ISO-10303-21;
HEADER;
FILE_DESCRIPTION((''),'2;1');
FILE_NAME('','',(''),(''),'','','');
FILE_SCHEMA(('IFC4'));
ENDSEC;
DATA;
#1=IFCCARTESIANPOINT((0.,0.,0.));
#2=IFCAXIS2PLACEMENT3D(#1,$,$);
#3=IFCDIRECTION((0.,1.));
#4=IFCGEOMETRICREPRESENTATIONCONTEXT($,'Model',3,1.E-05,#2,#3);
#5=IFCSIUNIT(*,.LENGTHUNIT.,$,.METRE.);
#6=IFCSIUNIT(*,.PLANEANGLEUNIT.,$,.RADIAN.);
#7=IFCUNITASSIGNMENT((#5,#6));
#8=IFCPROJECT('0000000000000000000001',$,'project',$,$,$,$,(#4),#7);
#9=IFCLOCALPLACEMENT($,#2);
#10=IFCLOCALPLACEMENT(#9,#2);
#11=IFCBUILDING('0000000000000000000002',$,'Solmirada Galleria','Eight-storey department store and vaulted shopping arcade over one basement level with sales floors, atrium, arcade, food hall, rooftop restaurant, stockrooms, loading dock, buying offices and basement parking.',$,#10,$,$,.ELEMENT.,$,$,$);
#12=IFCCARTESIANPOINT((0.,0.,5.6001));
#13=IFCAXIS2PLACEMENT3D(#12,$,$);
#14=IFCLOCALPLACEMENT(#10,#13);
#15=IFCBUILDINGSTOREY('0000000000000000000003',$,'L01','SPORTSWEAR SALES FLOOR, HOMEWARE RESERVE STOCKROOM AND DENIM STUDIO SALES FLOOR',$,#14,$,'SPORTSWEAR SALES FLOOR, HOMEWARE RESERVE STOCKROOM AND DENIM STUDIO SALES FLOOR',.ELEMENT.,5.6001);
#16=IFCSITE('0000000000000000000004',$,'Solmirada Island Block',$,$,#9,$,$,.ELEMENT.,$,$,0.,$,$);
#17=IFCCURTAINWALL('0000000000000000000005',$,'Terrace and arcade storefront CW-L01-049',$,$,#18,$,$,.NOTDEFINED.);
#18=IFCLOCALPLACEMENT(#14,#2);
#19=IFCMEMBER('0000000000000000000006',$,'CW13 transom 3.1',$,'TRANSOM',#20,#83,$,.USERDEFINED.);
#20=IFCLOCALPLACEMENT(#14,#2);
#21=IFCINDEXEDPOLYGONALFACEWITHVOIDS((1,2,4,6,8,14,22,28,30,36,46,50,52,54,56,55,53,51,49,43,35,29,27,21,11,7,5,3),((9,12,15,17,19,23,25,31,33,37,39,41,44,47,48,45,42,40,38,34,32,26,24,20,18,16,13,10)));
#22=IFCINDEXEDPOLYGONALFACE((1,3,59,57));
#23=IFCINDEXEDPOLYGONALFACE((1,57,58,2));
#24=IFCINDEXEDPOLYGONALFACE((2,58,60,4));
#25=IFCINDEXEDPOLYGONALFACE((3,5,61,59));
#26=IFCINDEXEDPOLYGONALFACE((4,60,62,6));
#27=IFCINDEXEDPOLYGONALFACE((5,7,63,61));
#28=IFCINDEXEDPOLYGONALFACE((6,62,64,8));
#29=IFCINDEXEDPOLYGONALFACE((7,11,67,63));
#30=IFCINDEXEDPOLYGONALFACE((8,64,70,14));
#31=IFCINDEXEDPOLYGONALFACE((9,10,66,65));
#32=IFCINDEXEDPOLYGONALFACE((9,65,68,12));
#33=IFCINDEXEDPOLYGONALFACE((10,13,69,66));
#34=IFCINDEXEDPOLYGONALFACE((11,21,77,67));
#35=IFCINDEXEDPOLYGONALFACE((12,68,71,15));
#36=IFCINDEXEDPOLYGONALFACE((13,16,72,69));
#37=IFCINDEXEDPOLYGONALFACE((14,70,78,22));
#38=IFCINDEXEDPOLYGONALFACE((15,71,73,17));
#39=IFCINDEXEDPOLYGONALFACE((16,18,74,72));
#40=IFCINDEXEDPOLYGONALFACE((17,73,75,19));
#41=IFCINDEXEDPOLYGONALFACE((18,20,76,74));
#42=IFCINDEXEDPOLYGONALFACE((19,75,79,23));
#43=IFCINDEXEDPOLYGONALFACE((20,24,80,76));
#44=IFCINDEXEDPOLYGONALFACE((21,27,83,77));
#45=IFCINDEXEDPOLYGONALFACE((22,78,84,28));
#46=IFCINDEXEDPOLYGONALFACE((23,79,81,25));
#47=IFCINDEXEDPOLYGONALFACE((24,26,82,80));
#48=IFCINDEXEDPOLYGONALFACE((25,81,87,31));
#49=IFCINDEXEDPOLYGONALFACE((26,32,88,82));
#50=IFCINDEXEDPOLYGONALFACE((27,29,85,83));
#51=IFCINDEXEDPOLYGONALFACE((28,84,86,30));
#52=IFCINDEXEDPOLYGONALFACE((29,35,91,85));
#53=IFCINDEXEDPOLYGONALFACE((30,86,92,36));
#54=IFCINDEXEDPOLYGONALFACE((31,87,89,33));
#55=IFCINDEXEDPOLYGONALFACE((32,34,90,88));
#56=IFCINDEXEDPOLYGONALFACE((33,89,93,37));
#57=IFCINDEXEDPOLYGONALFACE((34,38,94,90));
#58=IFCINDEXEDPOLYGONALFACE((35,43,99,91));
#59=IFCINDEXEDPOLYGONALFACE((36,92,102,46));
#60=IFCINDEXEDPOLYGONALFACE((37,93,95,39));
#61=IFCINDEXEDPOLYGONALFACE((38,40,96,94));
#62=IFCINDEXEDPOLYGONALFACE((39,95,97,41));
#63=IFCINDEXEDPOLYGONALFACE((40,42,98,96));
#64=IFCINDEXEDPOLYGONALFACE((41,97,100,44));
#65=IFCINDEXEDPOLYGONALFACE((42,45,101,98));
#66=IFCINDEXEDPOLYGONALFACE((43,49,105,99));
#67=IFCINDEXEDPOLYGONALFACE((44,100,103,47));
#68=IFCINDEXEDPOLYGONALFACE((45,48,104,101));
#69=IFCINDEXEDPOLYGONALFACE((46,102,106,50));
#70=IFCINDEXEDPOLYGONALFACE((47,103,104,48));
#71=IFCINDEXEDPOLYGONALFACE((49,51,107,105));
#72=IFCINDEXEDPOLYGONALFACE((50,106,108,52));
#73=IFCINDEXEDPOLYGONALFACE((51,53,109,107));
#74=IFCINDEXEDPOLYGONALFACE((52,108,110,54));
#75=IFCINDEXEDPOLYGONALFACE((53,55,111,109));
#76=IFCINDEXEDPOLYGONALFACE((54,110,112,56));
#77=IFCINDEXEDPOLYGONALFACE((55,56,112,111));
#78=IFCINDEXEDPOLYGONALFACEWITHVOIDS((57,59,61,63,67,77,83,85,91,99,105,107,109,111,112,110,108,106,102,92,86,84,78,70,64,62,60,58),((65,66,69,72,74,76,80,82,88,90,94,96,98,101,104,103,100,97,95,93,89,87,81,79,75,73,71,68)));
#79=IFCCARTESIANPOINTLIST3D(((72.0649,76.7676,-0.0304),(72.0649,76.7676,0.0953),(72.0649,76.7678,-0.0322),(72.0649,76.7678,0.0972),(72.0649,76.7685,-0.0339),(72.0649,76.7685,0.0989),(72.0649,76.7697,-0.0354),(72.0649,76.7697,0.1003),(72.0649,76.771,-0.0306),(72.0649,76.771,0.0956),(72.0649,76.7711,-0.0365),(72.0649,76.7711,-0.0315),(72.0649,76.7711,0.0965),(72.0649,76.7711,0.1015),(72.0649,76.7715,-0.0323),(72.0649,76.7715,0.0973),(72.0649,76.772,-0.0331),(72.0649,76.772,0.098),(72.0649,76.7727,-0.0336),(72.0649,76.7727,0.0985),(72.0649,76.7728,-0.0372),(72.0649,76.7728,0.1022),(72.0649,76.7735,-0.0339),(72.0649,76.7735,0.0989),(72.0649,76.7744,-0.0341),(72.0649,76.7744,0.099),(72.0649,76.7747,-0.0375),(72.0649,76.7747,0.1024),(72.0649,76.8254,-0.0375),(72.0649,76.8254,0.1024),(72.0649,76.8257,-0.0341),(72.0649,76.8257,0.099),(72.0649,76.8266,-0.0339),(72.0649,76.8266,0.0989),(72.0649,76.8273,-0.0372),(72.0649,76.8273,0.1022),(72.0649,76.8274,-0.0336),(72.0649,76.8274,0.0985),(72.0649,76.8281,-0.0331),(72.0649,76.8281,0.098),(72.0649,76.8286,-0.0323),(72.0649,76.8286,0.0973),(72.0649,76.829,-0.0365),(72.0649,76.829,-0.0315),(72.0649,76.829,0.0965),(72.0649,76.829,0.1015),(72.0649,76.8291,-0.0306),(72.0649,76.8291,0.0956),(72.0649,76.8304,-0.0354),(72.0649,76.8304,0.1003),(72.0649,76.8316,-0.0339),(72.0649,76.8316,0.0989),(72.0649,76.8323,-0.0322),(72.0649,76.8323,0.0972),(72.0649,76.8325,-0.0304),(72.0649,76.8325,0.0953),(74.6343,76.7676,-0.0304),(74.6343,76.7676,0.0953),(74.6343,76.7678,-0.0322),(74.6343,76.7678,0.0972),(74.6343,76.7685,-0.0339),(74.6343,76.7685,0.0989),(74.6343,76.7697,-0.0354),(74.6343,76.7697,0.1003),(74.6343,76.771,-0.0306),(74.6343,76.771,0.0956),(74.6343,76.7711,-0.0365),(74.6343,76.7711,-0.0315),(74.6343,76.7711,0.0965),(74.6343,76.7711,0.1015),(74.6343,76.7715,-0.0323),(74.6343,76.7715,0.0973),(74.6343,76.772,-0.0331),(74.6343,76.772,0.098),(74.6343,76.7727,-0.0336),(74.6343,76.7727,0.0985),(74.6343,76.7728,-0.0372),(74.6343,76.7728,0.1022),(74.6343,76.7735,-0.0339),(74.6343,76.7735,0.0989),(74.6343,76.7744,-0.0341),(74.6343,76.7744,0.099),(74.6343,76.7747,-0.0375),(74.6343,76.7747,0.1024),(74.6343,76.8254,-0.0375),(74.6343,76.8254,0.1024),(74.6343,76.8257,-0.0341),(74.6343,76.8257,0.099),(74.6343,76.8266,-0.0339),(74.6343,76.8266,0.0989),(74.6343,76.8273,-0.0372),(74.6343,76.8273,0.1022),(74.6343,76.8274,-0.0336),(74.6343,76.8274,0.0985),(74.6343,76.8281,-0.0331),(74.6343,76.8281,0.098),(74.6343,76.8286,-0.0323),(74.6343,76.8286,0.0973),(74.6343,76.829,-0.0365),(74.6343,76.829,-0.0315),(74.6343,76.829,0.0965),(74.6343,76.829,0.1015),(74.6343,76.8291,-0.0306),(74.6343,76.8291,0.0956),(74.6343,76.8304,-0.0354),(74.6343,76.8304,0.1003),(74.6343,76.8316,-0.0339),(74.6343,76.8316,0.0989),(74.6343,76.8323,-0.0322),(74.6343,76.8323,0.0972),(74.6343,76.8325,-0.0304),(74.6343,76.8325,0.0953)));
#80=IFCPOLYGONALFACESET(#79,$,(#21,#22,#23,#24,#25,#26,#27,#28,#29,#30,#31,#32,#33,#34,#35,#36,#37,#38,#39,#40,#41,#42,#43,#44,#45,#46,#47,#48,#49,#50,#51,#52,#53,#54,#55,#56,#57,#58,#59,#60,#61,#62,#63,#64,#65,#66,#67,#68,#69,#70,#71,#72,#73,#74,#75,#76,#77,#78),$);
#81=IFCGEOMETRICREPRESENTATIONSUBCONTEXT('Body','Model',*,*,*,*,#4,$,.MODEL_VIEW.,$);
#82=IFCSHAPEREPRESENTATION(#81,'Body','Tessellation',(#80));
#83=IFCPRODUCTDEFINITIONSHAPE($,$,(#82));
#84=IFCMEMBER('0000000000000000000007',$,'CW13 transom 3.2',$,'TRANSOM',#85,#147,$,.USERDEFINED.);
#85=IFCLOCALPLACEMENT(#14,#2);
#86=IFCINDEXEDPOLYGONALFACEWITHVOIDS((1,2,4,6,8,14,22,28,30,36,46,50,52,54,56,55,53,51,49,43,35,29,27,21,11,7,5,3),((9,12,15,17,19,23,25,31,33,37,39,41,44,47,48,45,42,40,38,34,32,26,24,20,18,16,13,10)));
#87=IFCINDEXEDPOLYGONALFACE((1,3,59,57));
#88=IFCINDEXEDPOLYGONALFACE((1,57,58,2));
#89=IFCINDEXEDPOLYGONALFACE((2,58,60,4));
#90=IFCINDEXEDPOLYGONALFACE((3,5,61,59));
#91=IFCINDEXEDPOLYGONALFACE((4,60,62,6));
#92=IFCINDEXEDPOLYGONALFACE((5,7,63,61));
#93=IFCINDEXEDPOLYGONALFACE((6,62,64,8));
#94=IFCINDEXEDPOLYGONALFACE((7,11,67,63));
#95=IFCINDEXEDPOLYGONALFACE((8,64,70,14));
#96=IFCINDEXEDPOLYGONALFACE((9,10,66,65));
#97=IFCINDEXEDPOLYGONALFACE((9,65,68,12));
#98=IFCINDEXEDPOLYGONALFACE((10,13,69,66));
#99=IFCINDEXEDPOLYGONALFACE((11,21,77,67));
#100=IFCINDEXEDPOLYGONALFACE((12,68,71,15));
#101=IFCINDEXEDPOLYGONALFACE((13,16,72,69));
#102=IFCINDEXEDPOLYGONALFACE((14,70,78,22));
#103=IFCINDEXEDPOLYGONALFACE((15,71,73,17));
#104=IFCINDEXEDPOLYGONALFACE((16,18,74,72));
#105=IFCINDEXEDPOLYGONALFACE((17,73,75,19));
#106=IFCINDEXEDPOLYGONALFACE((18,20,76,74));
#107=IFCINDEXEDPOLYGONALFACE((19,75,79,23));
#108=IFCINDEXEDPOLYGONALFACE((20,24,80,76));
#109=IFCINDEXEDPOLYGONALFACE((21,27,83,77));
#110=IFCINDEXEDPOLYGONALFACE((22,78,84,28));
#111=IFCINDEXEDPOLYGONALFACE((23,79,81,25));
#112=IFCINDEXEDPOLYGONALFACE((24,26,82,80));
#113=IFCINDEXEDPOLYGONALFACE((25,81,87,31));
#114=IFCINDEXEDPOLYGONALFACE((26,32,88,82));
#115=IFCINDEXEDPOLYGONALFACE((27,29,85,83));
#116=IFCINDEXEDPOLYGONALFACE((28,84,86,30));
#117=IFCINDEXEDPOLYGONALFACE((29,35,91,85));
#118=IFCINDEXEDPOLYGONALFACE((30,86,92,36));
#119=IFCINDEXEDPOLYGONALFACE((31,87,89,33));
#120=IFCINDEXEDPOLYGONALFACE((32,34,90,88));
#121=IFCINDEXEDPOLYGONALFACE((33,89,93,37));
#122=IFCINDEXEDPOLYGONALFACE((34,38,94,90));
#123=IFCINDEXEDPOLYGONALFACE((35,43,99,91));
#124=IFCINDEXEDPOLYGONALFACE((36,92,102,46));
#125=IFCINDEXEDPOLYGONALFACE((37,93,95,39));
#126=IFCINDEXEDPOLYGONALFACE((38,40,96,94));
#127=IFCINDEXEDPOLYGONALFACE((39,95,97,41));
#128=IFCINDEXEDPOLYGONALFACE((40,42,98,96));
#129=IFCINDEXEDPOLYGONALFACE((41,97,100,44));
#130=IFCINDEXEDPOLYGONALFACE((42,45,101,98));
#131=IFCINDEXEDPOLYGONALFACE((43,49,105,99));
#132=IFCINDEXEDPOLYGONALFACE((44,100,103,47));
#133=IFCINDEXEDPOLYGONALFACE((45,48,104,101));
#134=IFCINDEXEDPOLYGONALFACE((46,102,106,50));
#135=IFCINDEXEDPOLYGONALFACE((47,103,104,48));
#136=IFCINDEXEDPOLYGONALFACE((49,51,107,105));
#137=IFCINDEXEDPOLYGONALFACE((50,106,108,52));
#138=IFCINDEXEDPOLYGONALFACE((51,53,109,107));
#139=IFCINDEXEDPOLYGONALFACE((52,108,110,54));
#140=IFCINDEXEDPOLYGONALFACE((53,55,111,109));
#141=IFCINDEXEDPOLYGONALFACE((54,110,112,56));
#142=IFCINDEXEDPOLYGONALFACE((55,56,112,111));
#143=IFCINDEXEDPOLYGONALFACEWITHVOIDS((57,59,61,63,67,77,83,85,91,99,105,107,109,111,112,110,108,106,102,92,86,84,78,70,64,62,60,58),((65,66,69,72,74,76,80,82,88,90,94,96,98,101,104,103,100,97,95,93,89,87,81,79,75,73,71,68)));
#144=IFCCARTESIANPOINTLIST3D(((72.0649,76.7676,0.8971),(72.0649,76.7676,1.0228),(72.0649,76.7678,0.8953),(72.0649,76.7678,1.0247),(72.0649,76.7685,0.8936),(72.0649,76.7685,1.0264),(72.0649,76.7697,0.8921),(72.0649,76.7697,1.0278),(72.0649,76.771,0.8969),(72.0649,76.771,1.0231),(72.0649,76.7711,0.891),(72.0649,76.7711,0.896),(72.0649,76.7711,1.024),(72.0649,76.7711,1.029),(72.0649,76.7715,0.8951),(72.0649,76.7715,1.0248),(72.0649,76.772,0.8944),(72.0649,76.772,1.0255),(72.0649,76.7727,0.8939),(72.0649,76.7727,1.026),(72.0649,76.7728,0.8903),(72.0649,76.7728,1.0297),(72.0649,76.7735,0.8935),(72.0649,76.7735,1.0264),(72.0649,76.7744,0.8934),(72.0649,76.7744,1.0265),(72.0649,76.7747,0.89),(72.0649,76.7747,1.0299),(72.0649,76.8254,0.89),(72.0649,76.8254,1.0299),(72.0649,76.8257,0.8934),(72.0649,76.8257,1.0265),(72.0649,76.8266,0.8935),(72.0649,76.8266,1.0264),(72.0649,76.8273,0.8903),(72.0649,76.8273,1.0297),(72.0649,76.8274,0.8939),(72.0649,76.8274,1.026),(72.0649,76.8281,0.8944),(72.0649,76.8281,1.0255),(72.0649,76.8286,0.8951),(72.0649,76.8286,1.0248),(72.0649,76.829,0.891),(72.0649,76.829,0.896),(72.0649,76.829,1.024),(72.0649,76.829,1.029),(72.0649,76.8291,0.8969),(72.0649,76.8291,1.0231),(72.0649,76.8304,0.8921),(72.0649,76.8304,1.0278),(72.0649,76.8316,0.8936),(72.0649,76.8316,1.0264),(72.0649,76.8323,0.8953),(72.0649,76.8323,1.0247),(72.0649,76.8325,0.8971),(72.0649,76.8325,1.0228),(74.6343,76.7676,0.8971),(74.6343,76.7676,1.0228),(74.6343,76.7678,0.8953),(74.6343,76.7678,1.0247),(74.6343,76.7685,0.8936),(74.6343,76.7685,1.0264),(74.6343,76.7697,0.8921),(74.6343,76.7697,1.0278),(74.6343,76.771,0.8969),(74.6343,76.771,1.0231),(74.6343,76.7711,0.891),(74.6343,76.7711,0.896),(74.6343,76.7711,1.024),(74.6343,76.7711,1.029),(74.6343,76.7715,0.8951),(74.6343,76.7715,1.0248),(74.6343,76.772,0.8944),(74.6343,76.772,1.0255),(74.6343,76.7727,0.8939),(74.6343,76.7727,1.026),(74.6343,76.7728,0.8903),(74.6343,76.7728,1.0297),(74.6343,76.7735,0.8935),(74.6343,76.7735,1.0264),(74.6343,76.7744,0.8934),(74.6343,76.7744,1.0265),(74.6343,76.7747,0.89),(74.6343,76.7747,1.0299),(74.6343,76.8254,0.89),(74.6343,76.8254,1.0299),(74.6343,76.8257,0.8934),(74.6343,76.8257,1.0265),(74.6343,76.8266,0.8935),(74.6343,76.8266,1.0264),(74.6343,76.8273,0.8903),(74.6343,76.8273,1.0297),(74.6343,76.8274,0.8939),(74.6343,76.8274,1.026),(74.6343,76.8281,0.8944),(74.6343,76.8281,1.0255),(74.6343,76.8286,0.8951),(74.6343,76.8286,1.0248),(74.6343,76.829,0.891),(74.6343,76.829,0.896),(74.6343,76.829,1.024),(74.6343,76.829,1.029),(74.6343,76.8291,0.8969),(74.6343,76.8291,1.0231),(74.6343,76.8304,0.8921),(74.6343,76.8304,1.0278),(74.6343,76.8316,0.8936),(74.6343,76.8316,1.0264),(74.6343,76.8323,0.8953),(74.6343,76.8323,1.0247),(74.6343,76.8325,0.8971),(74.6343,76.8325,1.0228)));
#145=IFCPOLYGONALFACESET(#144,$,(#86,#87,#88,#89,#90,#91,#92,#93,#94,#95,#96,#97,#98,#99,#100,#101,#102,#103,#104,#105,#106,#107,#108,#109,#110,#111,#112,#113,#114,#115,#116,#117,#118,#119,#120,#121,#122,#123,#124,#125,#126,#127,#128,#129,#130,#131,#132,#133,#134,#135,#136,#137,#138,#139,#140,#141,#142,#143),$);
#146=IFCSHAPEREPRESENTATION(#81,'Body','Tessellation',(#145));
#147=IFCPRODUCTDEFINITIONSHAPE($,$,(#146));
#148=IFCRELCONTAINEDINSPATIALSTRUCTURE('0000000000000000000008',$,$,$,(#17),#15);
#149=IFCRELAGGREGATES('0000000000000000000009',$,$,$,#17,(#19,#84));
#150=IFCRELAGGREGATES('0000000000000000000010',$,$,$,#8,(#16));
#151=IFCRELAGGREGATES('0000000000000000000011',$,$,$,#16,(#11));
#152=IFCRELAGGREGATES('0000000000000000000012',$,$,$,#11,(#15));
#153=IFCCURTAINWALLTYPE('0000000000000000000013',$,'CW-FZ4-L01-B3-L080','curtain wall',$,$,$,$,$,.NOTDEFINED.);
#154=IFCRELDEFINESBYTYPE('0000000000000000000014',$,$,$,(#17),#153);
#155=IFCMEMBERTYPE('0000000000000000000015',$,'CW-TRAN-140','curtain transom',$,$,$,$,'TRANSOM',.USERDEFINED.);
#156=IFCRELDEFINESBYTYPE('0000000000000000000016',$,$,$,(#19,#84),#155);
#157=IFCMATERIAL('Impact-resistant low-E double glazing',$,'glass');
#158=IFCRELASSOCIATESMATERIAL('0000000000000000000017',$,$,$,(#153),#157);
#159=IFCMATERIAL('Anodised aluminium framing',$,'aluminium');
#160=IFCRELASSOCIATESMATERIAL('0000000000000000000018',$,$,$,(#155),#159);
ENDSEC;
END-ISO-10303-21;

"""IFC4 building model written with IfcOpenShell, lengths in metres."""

from ifc_helpers import new_model, si_unit, direction, frame, origin, origin_2d, place, context, subcontext, project, spatial, hollow_rectangle, extrude, material, material_profile, profile_set, type_object, element, aggregate, save


model = new_model("IFC4")

# Units and contexts
model_context = context("Model", 3, precision=1e-05, world=origin(), true_north=direction((0.0, 1.0)))
body_context = subcontext(model_context, "Body", "Model", "MODEL_VIEW")
ifc_project = project(units=[si_unit("LENGTHUNIT", "METRE"), si_unit("PLANEANGLEUNIT", "RADIAN")], contexts=[model_context])

# Site, building, storey
site_placement = place(None, origin())
site = spatial("IfcSite", under=ifc_project, at=site_placement, Name="Solmirada Island Block", CompositionType="ELEMENT", RefElevation=0.0)
building_placement = place(site_placement, origin())
building = spatial("IfcBuilding", under=site, at=building_placement, Name="Solmirada Galleria", Description="Eight-storey department store and vaulted shopping arcade over one basement level with sales floors, atrium, arcade, food hall, rooftop restaurant, stockrooms, loading dock, buying offices and basement parking.", CompositionType="ELEMENT")
storey_placement = place(building_placement, frame((0.0, 0.0, 5.6001)))
storey = spatial("IfcBuildingStorey", under=building, at=storey_placement, Name="L01", Description="SPORTSWEAR SALES FLOOR, HOMEWARE RESERVE STOCKROOM AND DENIM STUDIO SALES FLOOR", LongName="SPORTSWEAR SALES FLOOR, HOMEWARE RESERVE STOCKROOM AND DENIM STUDIO SALES FLOOR", CompositionType="ELEMENT", Elevation=5.6001)

# Curtain wall
ifc_material_1 = material(Name="Impact-resistant low-E double glazing", Category="glass")
curtain_wall_type = type_object("IfcCurtainWallType", Name="CW-FZ4-L01-B3-L080", Description="curtain wall", PredefinedType="NOTDEFINED", material=ifc_material_1)
curtain_wall_1_placement = place(storey_placement, origin())
curtain_wall_1 = element("IfcCurtainWall", 1, at=curtain_wall_1_placement, inside=storey, type_object=curtain_wall_type, Name="Terrace and arcade storefront CW-L01-049", PredefinedType="NOTDEFINED")
ifc_material_2 = material(Name="Anodised aluminium framing", Category="aluminium")

# Members
ifc_material_profile_1 = material_profile(ifc_material_2, hollow_rectangle(XDim=0.0649, YDim=0.1399, WallThickness=0.0034, InnerFilletRadius=0.0034, OuterFilletRadius=0.0071, at=origin_2d()), Name="ALU-TRAN-140X65")
ifc_profile_set_1 = profile_set([ifc_material_profile_1], Name="Anodised aluminium framing")
member_type_1 = type_object("IfcMemberType", Name="CW-TRAN-140", Description="curtain transom", ElementType="TRANSOM", PredefinedType="USERDEFINED", material=ifc_profile_set_1)
member_1_placement = place(storey_placement, frame((74.6343, 76.8, 0.0325), z_axis=(-1.0, 0.0, 0.0), x_axis=(0.0, -1.0, 0.0)))
member_1 = element("IfcMember", 2, at=member_1_placement, type_object=member_type_1, Name="CW13 transom 3.1", ObjectType="TRANSOM", PredefinedType="USERDEFINED", context=body_context, shape_type="SweptSolid", body=[
    extrude(hollow_rectangle(XDim=0.0649, YDim=0.1399, WallThickness=0.0034, InnerFilletRadius=0.0034, OuterFilletRadius=0.0071, at=origin_2d()), origin(), (0.0, 0.0, 1.0), 2.5693),
])
member_2_placement = place(storey_placement, frame((74.6343, 76.8, 0.96), z_axis=(-1.0, 0.0, 0.0), x_axis=(0.0, -1.0, 0.0)))
member_2 = element("IfcMember", 3, at=member_2_placement, type_object=member_type_1, Name="CW13 transom 3.2", ObjectType="TRANSOM", PredefinedType="USERDEFINED", context=body_context, shape_type="SweptSolid", body=[
    extrude(hollow_rectangle(XDim=0.0649, YDim=0.1399, WallThickness=0.0034, InnerFilletRadius=0.0034, OuterFilletRadius=0.0071, at=origin_2d()), origin(), (0.0, 0.0, 1.0), 2.5693),
])

aggregate(curtain_wall_1, [member_1, member_2])

save(model, "model.ifc")
